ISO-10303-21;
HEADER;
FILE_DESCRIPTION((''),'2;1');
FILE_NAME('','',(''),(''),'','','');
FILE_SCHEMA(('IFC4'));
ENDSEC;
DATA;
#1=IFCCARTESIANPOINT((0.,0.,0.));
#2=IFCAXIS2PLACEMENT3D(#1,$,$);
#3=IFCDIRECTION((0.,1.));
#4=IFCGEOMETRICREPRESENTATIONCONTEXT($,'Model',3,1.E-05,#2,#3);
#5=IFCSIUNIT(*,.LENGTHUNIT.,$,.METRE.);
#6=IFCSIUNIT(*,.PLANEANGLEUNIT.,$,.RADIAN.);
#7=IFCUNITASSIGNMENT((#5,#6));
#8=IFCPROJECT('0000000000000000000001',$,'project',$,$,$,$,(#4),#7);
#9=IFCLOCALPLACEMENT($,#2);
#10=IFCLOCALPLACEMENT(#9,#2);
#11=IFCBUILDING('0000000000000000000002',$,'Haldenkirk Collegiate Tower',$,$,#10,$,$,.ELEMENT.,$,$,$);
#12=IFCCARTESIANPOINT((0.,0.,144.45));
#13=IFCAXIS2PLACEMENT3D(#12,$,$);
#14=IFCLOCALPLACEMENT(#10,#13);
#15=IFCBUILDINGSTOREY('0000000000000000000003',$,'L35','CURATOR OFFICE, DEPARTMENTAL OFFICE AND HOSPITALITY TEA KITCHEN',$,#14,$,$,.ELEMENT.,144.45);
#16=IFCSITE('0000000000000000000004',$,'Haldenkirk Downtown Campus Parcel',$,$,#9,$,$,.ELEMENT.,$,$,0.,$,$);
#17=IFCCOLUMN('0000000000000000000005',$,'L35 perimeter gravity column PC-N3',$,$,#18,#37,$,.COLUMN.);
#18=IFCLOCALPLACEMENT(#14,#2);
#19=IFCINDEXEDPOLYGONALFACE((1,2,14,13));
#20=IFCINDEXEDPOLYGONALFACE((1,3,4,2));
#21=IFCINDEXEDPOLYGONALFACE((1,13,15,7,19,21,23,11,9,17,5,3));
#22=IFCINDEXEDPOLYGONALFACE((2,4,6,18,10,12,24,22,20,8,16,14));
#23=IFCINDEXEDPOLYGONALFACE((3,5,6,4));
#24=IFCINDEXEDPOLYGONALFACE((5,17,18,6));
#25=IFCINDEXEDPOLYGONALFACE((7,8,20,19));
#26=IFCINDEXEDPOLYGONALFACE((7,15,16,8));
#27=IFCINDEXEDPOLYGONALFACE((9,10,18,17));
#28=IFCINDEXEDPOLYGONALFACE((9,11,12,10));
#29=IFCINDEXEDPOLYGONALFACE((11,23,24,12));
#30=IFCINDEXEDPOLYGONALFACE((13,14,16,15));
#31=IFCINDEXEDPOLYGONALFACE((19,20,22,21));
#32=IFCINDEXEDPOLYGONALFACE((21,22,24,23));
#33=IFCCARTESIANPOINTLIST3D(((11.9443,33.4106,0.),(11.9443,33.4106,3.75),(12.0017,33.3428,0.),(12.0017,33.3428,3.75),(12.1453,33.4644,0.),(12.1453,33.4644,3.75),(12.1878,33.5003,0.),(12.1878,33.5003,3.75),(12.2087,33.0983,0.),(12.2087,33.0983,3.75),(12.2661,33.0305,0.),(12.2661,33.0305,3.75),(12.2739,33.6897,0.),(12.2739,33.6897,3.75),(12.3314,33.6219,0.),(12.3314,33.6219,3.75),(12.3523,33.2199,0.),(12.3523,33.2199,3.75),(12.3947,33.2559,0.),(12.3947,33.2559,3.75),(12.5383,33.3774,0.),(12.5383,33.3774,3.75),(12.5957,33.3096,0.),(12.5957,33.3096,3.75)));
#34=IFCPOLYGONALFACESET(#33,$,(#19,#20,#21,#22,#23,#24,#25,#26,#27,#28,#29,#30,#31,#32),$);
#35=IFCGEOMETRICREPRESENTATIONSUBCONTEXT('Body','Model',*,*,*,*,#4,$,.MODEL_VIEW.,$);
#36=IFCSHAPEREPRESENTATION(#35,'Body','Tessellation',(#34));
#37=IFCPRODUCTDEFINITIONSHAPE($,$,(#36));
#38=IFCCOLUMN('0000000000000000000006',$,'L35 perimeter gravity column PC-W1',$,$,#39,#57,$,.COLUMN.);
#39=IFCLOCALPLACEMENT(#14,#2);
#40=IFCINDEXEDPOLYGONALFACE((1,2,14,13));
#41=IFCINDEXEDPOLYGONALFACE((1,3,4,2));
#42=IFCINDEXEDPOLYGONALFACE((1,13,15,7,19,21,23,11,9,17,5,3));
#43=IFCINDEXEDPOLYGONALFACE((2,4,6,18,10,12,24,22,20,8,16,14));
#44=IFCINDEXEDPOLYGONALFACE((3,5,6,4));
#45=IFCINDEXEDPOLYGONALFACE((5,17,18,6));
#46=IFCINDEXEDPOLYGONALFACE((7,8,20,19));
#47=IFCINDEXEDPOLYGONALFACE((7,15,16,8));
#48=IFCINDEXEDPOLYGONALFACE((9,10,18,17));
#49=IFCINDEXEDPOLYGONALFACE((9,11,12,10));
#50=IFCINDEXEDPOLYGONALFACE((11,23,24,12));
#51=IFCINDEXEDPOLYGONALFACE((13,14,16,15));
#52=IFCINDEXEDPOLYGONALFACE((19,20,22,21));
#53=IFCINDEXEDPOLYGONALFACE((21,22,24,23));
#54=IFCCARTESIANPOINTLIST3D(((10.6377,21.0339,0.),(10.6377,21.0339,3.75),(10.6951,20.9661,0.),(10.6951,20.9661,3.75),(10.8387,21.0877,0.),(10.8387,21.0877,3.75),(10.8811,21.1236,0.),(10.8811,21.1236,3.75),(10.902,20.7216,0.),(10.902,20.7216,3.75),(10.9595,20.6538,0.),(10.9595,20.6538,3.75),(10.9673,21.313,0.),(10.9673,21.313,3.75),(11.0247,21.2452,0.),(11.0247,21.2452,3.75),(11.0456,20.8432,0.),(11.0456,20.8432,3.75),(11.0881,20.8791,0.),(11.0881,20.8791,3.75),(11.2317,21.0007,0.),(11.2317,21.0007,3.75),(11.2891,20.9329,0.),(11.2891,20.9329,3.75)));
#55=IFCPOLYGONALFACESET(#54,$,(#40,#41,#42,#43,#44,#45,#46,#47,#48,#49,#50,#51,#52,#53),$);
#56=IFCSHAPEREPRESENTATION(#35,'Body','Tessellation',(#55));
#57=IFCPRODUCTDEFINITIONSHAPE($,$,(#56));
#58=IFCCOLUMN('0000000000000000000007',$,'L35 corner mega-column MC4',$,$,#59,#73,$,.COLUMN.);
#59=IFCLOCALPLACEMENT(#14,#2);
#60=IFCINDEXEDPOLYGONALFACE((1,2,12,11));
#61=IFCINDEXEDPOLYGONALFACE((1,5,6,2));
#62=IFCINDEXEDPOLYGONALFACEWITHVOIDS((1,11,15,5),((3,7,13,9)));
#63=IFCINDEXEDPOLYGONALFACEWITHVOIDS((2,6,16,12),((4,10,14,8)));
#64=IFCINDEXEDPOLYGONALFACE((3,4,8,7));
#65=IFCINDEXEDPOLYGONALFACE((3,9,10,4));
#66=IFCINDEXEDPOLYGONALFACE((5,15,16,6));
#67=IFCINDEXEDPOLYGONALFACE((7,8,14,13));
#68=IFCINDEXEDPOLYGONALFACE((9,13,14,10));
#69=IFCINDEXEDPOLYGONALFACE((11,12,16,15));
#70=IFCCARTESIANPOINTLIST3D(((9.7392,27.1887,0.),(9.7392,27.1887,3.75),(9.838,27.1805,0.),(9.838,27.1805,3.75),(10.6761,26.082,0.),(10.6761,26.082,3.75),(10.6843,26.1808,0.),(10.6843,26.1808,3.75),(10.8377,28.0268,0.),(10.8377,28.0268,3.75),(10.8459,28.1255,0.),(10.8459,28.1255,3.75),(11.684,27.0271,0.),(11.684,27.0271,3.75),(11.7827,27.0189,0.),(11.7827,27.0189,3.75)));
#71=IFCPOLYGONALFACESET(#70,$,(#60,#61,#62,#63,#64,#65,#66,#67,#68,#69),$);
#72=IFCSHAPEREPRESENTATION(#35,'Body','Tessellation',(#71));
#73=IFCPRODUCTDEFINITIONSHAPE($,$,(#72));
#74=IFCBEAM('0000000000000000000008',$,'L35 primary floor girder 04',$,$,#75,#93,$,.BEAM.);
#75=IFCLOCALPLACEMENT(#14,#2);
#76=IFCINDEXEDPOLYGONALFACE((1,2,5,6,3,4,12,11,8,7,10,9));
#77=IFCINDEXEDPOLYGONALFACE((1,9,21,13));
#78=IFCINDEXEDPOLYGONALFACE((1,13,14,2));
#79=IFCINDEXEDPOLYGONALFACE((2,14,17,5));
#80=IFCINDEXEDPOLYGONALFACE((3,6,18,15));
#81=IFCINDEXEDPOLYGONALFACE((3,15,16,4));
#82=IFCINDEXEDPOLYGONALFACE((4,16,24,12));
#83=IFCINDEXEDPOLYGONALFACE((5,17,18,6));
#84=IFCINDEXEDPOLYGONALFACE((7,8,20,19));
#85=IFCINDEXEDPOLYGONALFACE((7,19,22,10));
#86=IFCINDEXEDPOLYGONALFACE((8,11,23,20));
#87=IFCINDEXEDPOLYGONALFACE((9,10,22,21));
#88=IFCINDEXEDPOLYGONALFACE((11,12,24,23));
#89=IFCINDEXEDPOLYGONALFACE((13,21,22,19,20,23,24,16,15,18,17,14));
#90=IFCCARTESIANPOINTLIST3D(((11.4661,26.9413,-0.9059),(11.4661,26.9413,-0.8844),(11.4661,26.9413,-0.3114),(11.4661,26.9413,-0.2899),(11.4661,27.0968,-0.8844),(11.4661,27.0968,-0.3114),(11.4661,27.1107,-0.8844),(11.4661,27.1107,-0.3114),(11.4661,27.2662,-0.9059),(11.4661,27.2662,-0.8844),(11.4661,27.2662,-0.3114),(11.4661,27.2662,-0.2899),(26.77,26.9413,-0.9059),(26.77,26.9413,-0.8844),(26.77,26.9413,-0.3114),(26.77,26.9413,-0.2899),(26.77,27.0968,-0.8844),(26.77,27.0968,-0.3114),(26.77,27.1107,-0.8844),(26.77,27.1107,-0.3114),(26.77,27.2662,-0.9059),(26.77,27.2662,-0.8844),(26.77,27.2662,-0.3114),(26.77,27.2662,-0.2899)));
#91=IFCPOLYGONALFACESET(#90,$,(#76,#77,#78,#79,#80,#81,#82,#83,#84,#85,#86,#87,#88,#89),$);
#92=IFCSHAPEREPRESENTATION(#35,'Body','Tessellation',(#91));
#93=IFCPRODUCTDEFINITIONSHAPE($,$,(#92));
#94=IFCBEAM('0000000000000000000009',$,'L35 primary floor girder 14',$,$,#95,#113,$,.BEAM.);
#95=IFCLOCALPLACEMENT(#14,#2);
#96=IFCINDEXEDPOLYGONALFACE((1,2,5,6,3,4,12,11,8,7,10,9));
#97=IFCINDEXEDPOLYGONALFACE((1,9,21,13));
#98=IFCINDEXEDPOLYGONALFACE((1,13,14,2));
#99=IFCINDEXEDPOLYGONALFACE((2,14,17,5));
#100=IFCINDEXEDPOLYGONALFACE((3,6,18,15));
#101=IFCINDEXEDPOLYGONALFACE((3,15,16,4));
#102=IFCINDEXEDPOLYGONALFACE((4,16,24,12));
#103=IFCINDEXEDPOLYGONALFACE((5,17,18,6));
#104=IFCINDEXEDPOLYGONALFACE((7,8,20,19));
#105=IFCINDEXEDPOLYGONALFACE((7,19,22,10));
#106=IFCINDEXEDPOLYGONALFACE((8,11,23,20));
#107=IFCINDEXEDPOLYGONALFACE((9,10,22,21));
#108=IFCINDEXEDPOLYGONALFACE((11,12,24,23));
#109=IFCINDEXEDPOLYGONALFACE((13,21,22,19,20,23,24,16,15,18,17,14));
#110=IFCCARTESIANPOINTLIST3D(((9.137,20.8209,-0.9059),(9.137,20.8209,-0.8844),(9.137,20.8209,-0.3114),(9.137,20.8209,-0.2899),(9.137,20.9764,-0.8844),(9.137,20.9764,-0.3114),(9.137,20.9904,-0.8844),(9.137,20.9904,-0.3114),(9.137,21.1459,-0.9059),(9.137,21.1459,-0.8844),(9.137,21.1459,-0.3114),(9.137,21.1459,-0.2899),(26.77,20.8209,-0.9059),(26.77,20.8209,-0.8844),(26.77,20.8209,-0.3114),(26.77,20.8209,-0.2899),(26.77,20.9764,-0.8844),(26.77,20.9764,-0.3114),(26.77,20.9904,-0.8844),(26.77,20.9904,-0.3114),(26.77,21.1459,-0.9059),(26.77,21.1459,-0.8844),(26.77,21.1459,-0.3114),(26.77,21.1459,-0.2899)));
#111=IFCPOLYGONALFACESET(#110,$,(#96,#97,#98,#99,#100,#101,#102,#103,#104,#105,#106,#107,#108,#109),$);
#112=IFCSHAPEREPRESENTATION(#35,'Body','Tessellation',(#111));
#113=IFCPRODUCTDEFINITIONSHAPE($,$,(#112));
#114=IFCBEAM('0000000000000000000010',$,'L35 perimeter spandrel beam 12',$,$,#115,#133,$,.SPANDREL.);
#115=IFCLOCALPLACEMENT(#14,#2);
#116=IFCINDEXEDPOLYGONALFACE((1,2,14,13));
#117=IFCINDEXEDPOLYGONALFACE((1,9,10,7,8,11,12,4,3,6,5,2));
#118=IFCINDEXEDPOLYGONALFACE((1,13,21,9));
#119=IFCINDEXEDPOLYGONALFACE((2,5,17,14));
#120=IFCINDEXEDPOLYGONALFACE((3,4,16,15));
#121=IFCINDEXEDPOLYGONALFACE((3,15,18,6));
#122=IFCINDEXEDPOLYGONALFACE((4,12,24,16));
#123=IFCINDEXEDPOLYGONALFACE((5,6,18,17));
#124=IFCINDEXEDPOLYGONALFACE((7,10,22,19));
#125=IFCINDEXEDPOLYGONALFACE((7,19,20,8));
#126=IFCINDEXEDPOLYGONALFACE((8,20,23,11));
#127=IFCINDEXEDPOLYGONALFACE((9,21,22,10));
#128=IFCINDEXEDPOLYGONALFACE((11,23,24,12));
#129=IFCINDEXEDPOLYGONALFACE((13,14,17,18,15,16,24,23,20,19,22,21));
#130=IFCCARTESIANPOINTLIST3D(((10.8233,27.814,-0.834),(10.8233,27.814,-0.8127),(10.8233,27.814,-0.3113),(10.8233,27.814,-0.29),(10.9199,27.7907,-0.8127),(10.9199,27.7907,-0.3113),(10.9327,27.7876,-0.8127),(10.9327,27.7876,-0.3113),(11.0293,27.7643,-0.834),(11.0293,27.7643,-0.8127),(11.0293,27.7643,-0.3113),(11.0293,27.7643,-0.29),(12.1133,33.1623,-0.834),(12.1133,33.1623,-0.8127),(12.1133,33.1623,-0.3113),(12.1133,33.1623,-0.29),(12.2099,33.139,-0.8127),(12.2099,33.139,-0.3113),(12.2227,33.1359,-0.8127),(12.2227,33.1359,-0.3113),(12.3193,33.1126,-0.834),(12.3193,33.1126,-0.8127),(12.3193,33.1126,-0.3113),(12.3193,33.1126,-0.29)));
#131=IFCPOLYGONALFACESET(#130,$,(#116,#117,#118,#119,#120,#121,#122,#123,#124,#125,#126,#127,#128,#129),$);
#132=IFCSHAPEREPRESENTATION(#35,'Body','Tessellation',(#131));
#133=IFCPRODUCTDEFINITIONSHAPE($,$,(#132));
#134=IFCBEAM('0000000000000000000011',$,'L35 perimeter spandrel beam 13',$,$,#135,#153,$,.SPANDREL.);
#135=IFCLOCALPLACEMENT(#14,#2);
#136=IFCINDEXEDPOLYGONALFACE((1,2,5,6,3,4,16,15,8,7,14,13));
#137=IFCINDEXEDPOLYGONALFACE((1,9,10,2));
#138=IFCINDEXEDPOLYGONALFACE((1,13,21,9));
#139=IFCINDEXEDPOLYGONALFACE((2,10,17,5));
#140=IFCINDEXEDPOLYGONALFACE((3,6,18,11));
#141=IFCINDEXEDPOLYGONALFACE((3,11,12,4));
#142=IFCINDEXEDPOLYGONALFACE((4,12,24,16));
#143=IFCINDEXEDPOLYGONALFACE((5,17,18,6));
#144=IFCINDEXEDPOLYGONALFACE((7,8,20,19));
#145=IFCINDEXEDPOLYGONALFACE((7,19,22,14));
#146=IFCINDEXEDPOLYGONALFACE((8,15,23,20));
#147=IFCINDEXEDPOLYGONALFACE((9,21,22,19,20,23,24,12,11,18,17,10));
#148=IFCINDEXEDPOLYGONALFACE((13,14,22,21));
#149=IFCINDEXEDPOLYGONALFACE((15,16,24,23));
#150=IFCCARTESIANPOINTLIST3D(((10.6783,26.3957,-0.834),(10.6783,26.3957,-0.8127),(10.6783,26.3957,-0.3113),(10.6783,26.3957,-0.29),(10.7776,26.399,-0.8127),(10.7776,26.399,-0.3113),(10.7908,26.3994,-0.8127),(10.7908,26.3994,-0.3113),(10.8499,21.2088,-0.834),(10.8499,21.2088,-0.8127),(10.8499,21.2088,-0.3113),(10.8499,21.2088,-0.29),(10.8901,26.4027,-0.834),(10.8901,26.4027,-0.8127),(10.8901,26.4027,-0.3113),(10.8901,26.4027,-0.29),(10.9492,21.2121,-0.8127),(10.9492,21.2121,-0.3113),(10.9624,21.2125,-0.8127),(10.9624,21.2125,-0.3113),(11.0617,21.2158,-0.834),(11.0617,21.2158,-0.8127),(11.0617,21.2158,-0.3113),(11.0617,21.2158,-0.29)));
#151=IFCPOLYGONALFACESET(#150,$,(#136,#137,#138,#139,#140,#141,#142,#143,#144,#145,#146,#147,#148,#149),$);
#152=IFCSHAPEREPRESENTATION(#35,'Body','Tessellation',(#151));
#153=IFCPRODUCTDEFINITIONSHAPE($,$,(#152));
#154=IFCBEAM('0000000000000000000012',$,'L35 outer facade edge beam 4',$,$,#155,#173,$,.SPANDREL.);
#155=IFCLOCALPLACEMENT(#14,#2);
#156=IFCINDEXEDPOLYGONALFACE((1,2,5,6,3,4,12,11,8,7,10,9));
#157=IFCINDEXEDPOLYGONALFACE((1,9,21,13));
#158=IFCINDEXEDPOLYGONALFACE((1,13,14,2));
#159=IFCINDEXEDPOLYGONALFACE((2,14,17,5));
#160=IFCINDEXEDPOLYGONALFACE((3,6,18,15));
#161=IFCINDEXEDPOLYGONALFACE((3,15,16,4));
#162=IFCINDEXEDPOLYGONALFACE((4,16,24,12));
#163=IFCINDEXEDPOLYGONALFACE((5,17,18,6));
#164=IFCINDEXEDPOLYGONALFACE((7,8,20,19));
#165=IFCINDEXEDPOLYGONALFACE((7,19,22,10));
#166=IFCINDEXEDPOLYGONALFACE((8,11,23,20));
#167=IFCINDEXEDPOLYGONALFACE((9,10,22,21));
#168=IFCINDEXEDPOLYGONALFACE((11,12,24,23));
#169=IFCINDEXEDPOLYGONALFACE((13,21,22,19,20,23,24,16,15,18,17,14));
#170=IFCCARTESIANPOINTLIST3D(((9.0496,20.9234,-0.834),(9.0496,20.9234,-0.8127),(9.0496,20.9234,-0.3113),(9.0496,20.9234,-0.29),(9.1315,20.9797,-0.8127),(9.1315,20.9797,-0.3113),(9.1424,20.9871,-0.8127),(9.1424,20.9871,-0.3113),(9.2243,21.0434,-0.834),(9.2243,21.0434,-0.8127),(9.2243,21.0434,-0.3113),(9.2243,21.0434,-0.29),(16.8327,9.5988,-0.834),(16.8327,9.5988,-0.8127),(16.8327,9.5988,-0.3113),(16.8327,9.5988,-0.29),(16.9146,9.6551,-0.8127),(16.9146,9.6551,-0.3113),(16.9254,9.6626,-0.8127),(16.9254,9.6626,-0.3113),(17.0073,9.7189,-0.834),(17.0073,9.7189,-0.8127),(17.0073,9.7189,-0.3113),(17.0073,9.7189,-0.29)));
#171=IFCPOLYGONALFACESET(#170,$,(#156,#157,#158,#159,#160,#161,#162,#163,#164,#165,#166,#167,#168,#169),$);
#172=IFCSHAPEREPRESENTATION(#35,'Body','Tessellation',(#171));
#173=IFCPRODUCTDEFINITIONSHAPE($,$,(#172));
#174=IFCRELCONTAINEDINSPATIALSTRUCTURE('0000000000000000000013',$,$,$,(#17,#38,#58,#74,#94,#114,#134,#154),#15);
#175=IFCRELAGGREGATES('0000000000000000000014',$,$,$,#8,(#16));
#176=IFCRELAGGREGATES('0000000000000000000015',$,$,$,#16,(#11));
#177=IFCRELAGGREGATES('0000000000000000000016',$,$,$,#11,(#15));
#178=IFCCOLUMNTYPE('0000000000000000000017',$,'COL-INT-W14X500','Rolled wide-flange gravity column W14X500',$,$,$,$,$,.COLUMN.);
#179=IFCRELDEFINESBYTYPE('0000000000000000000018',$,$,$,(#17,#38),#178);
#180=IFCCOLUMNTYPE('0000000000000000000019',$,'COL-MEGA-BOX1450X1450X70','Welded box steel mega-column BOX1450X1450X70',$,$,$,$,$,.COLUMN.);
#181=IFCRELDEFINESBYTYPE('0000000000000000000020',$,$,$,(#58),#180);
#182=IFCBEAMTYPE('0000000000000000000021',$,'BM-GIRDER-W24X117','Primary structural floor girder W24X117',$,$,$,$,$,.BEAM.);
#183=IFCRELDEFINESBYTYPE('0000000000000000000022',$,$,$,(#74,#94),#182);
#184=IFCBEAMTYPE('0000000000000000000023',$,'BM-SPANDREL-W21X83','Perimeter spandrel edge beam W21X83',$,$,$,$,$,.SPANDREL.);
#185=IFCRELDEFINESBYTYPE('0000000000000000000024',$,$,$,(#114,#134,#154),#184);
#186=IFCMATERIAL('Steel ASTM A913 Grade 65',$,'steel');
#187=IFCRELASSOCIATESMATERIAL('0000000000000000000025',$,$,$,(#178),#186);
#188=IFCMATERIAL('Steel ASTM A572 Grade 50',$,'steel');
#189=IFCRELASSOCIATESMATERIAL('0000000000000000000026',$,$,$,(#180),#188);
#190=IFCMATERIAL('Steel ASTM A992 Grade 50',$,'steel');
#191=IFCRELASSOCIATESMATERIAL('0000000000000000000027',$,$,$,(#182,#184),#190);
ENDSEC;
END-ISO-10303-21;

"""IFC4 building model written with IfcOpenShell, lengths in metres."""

from ifc_helpers import new_model, si_unit, direction, frame, origin, origin_2d, place, context, subcontext, project, spatial, hollow_rectangle, i_section, extrude, material, material_profile, profile_set, type_object, element, save


model = new_model("IFC4")

# Units and contexts
model_context = context("Model", 3, precision=1e-05, world=origin(), true_north=direction((0.0, 1.0)))
body_context = subcontext(model_context, "Body", "Model", "MODEL_VIEW")
ifc_project = project(units=[si_unit("LENGTHUNIT", "METRE"), si_unit("PLANEANGLEUNIT", "RADIAN")], contexts=[model_context])

# Site, building, storey
site_placement = place(None, origin())
site = spatial("IfcSite", under=ifc_project, at=site_placement, Name="Haldenkirk Downtown Campus Parcel", CompositionType="ELEMENT", RefElevation=0.0)
building_placement = place(site_placement, origin())
building = spatial("IfcBuilding", under=site, at=building_placement, Name="Haldenkirk Collegiate Tower", CompositionType="ELEMENT")
storey_placement = place(building_placement, frame((0.0, 0.0, 144.45)))
storey = spatial("IfcBuildingStorey", under=building, at=storey_placement, Name="L35", Description="CURATOR OFFICE, DEPARTMENTAL OFFICE AND HOSPITALITY TEA KITCHEN", CompositionType="ELEMENT", Elevation=144.45)

# Columns
ifc_material_1 = material(Name="Steel ASTM A913 Grade 65", Category="steel")
ifc_material_profile_1 = material_profile(ifc_material_1, i_section(OverallWidth=0.4319, OverallDepth=0.498, WebThickness=0.0557, FlangeThickness=0.0889, at=origin_2d()), Name="W14X500")
ifc_profile_set_1 = profile_set([ifc_material_profile_1], Name="Steel ASTM A913 Grade 65")
column_type_1 = type_object("IfcColumnType", Name="COL-INT-W14X500", Description="Rolled wide-flange gravity column W14X500", PredefinedType="COLUMN", material=ifc_profile_set_1)
for number, where, z_axis, x_axis, name in (
    (1, (12.27, 33.3601, 0.0), (0.0, 0.0, 1.0), (0.763232, 0.646124, 0.0), "L35 perimeter gravity column PC-N3"),
    (2, (10.9634, 20.9834, 0.0), (0.0, 0.0, 1.0), (0.763232, 0.646124, 0.0), "L35 perimeter gravity column PC-W1"),
):
    element("IfcColumn", number, at=place(storey_placement, frame(where, z_axis=z_axis, x_axis=x_axis)), inside=storey, type_object=column_type_1, Name=name, PredefinedType="COLUMN", context=body_context, shape_type="SweptSolid", body=[
        extrude(i_section(OverallWidth=0.4319, OverallDepth=0.498, WebThickness=0.0557, FlangeThickness=0.0889, at=origin_2d()), origin(), (0.0, 0.0, 1.0), 3.75),
    ])
ifc_material_2 = material(Name="Steel ASTM A572 Grade 50", Category="steel")
ifc_material_profile_2 = material_profile(ifc_material_2, hollow_rectangle(XDim=1.45, YDim=1.45, WallThickness=0.0701, at=origin_2d()), Name="BOX1450X1450X70")
ifc_profile_set_2 = profile_set([ifc_material_profile_2], Name="Steel ASTM A572 Grade 50")
column_type_2 = type_object("IfcColumnType", Name="COL-MEGA-BOX1450X1450X70", Description="Welded box steel mega-column BOX1450X1450X70", PredefinedType="COLUMN", material=ifc_profile_set_2)
column_placement = place(storey_placement, frame((10.761, 27.1038, 0.0), z_axis=(0.0, 0.0, 1.0), x_axis=(0.763232, 0.646124, 0.0)))
element("IfcColumn", 3, at=column_placement, inside=storey, type_object=column_type_2, Name="L35 corner mega-column MC4", PredefinedType="COLUMN", context=body_context, shape_type="SweptSolid", body=[
    extrude(hollow_rectangle(XDim=1.45, YDim=1.45, WallThickness=0.0701, at=origin_2d()), origin(), (0.0, 0.0, 1.0), 3.75),
])

# Beams
ifc_material_3 = material(Name="Steel ASTM A992 Grade 50", Category="steel")
ifc_material_profile_3 = material_profile(ifc_material_3, i_section(OverallWidth=0.325, OverallDepth=0.616, WebThickness=0.0139, FlangeThickness=0.0215, at=origin_2d()), Name="W24X117")
ifc_profile_set_3 = profile_set([ifc_material_profile_3], Name="Steel ASTM A992 Grade 50")
beam_type_1 = type_object("IfcBeamType", Name="BM-GIRDER-W24X117", Description="Primary structural floor girder W24X117", PredefinedType="BEAM", material=ifc_profile_set_3)
beam_1_placement = place(storey_placement, frame((11.4661, 27.1038, -0.5979), z_axis=(1.0, 0.0, 0.0), x_axis=(0.0, 1.0, 0.0)))
element("IfcBeam", 4, at=beam_1_placement, inside=storey, type_object=beam_type_1, Name="L35 primary floor girder 04", PredefinedType="BEAM", context=body_context, shape_type="SweptSolid", body=[
    extrude(i_section(OverallWidth=0.325, OverallDepth=0.616, WebThickness=0.0139, FlangeThickness=0.0215, at=origin_2d()), origin(), (0.0, 0.0, 1.0), 15.304),
])
beam_2_placement = place(storey_placement, frame((9.137, 20.9834, -0.5979), z_axis=(1.0, 0.0, 0.0), x_axis=(0.0, 1.0, 0.0)))
element("IfcBeam", 5, at=beam_2_placement, inside=storey, type_object=beam_type_1, Name="L35 primary floor girder 14", PredefinedType="BEAM", context=body_context, shape_type="SweptSolid", body=[
    extrude(i_section(OverallWidth=0.325, OverallDepth=0.616, WebThickness=0.0139, FlangeThickness=0.0215, at=origin_2d()), origin(), (0.0, 0.0, 1.0), 17.6331),
])
ifc_material_profile_4 = material_profile(ifc_material_3, i_section(OverallWidth=0.2119, OverallDepth=0.5439, WebThickness=0.0132, FlangeThickness=0.0212, at=origin_2d()), Name="W21X83")
ifc_profile_set_4 = profile_set([ifc_material_profile_4], Name="Steel ASTM A992 Grade 50")
beam_type_2 = type_object("IfcBeamType", Name="BM-SPANDREL-W21X83", Description="Perimeter spandrel edge beam W21X83", PredefinedType="SPANDREL", material=ifc_profile_set_4)
beam_3_placement = place(storey_placement, frame((12.2163, 33.1375, -0.562), z_axis=(-0.234477, -0.972122, 0.0), x_axis=(0.972122, -0.234477, 0.0)))
element("IfcBeam", 6, at=beam_3_placement, inside=storey, type_object=beam_type_2, Name="L35 perimeter spandrel beam 12", PredefinedType="SPANDREL", context=body_context, shape_type="SweptSolid", body=[
    extrude(i_section(OverallWidth=0.2119, OverallDepth=0.5439, WebThickness=0.0132, FlangeThickness=0.0212, at=origin_2d()), origin(), (0.0, 0.0, 1.0), 5.5017),
])
beam_4_placement = place(storey_placement, frame((10.7842, 26.3992, -0.562), z_axis=(0.033072, -0.999453, 0.0), x_axis=(0.999453, 0.033072, 0.0)))
element("IfcBeam", 7, at=beam_4_placement, inside=storey, type_object=beam_type_2, Name="L35 perimeter spandrel beam 13", PredefinedType="SPANDREL", context=body_context, shape_type="SweptSolid", body=[
    extrude(i_section(OverallWidth=0.2119, OverallDepth=0.5439, WebThickness=0.0132, FlangeThickness=0.0212, at=origin_2d()), origin(), (0.0, 0.0, 1.0), 5.1897),
])
beam_5_placement = place(storey_placement, frame((9.137, 20.9834, -0.562), z_axis=(0.5664, -0.824131, 0.0), x_axis=(0.824131, 0.5664, 0.0)))
element("IfcBeam", 8, at=beam_5_placement, inside=storey, type_object=beam_type_2, Name="L35 outer facade edge beam 4", PredefinedType="SPANDREL", context=body_context, shape_type="SweptSolid", body=[
    extrude(i_section(OverallWidth=0.2119, OverallDepth=0.5439, WebThickness=0.0132, FlangeThickness=0.0212, at=origin_2d()), origin(), (0.0, 0.0, 1.0), 13.7412),
])

save(model, "model.ifc")
